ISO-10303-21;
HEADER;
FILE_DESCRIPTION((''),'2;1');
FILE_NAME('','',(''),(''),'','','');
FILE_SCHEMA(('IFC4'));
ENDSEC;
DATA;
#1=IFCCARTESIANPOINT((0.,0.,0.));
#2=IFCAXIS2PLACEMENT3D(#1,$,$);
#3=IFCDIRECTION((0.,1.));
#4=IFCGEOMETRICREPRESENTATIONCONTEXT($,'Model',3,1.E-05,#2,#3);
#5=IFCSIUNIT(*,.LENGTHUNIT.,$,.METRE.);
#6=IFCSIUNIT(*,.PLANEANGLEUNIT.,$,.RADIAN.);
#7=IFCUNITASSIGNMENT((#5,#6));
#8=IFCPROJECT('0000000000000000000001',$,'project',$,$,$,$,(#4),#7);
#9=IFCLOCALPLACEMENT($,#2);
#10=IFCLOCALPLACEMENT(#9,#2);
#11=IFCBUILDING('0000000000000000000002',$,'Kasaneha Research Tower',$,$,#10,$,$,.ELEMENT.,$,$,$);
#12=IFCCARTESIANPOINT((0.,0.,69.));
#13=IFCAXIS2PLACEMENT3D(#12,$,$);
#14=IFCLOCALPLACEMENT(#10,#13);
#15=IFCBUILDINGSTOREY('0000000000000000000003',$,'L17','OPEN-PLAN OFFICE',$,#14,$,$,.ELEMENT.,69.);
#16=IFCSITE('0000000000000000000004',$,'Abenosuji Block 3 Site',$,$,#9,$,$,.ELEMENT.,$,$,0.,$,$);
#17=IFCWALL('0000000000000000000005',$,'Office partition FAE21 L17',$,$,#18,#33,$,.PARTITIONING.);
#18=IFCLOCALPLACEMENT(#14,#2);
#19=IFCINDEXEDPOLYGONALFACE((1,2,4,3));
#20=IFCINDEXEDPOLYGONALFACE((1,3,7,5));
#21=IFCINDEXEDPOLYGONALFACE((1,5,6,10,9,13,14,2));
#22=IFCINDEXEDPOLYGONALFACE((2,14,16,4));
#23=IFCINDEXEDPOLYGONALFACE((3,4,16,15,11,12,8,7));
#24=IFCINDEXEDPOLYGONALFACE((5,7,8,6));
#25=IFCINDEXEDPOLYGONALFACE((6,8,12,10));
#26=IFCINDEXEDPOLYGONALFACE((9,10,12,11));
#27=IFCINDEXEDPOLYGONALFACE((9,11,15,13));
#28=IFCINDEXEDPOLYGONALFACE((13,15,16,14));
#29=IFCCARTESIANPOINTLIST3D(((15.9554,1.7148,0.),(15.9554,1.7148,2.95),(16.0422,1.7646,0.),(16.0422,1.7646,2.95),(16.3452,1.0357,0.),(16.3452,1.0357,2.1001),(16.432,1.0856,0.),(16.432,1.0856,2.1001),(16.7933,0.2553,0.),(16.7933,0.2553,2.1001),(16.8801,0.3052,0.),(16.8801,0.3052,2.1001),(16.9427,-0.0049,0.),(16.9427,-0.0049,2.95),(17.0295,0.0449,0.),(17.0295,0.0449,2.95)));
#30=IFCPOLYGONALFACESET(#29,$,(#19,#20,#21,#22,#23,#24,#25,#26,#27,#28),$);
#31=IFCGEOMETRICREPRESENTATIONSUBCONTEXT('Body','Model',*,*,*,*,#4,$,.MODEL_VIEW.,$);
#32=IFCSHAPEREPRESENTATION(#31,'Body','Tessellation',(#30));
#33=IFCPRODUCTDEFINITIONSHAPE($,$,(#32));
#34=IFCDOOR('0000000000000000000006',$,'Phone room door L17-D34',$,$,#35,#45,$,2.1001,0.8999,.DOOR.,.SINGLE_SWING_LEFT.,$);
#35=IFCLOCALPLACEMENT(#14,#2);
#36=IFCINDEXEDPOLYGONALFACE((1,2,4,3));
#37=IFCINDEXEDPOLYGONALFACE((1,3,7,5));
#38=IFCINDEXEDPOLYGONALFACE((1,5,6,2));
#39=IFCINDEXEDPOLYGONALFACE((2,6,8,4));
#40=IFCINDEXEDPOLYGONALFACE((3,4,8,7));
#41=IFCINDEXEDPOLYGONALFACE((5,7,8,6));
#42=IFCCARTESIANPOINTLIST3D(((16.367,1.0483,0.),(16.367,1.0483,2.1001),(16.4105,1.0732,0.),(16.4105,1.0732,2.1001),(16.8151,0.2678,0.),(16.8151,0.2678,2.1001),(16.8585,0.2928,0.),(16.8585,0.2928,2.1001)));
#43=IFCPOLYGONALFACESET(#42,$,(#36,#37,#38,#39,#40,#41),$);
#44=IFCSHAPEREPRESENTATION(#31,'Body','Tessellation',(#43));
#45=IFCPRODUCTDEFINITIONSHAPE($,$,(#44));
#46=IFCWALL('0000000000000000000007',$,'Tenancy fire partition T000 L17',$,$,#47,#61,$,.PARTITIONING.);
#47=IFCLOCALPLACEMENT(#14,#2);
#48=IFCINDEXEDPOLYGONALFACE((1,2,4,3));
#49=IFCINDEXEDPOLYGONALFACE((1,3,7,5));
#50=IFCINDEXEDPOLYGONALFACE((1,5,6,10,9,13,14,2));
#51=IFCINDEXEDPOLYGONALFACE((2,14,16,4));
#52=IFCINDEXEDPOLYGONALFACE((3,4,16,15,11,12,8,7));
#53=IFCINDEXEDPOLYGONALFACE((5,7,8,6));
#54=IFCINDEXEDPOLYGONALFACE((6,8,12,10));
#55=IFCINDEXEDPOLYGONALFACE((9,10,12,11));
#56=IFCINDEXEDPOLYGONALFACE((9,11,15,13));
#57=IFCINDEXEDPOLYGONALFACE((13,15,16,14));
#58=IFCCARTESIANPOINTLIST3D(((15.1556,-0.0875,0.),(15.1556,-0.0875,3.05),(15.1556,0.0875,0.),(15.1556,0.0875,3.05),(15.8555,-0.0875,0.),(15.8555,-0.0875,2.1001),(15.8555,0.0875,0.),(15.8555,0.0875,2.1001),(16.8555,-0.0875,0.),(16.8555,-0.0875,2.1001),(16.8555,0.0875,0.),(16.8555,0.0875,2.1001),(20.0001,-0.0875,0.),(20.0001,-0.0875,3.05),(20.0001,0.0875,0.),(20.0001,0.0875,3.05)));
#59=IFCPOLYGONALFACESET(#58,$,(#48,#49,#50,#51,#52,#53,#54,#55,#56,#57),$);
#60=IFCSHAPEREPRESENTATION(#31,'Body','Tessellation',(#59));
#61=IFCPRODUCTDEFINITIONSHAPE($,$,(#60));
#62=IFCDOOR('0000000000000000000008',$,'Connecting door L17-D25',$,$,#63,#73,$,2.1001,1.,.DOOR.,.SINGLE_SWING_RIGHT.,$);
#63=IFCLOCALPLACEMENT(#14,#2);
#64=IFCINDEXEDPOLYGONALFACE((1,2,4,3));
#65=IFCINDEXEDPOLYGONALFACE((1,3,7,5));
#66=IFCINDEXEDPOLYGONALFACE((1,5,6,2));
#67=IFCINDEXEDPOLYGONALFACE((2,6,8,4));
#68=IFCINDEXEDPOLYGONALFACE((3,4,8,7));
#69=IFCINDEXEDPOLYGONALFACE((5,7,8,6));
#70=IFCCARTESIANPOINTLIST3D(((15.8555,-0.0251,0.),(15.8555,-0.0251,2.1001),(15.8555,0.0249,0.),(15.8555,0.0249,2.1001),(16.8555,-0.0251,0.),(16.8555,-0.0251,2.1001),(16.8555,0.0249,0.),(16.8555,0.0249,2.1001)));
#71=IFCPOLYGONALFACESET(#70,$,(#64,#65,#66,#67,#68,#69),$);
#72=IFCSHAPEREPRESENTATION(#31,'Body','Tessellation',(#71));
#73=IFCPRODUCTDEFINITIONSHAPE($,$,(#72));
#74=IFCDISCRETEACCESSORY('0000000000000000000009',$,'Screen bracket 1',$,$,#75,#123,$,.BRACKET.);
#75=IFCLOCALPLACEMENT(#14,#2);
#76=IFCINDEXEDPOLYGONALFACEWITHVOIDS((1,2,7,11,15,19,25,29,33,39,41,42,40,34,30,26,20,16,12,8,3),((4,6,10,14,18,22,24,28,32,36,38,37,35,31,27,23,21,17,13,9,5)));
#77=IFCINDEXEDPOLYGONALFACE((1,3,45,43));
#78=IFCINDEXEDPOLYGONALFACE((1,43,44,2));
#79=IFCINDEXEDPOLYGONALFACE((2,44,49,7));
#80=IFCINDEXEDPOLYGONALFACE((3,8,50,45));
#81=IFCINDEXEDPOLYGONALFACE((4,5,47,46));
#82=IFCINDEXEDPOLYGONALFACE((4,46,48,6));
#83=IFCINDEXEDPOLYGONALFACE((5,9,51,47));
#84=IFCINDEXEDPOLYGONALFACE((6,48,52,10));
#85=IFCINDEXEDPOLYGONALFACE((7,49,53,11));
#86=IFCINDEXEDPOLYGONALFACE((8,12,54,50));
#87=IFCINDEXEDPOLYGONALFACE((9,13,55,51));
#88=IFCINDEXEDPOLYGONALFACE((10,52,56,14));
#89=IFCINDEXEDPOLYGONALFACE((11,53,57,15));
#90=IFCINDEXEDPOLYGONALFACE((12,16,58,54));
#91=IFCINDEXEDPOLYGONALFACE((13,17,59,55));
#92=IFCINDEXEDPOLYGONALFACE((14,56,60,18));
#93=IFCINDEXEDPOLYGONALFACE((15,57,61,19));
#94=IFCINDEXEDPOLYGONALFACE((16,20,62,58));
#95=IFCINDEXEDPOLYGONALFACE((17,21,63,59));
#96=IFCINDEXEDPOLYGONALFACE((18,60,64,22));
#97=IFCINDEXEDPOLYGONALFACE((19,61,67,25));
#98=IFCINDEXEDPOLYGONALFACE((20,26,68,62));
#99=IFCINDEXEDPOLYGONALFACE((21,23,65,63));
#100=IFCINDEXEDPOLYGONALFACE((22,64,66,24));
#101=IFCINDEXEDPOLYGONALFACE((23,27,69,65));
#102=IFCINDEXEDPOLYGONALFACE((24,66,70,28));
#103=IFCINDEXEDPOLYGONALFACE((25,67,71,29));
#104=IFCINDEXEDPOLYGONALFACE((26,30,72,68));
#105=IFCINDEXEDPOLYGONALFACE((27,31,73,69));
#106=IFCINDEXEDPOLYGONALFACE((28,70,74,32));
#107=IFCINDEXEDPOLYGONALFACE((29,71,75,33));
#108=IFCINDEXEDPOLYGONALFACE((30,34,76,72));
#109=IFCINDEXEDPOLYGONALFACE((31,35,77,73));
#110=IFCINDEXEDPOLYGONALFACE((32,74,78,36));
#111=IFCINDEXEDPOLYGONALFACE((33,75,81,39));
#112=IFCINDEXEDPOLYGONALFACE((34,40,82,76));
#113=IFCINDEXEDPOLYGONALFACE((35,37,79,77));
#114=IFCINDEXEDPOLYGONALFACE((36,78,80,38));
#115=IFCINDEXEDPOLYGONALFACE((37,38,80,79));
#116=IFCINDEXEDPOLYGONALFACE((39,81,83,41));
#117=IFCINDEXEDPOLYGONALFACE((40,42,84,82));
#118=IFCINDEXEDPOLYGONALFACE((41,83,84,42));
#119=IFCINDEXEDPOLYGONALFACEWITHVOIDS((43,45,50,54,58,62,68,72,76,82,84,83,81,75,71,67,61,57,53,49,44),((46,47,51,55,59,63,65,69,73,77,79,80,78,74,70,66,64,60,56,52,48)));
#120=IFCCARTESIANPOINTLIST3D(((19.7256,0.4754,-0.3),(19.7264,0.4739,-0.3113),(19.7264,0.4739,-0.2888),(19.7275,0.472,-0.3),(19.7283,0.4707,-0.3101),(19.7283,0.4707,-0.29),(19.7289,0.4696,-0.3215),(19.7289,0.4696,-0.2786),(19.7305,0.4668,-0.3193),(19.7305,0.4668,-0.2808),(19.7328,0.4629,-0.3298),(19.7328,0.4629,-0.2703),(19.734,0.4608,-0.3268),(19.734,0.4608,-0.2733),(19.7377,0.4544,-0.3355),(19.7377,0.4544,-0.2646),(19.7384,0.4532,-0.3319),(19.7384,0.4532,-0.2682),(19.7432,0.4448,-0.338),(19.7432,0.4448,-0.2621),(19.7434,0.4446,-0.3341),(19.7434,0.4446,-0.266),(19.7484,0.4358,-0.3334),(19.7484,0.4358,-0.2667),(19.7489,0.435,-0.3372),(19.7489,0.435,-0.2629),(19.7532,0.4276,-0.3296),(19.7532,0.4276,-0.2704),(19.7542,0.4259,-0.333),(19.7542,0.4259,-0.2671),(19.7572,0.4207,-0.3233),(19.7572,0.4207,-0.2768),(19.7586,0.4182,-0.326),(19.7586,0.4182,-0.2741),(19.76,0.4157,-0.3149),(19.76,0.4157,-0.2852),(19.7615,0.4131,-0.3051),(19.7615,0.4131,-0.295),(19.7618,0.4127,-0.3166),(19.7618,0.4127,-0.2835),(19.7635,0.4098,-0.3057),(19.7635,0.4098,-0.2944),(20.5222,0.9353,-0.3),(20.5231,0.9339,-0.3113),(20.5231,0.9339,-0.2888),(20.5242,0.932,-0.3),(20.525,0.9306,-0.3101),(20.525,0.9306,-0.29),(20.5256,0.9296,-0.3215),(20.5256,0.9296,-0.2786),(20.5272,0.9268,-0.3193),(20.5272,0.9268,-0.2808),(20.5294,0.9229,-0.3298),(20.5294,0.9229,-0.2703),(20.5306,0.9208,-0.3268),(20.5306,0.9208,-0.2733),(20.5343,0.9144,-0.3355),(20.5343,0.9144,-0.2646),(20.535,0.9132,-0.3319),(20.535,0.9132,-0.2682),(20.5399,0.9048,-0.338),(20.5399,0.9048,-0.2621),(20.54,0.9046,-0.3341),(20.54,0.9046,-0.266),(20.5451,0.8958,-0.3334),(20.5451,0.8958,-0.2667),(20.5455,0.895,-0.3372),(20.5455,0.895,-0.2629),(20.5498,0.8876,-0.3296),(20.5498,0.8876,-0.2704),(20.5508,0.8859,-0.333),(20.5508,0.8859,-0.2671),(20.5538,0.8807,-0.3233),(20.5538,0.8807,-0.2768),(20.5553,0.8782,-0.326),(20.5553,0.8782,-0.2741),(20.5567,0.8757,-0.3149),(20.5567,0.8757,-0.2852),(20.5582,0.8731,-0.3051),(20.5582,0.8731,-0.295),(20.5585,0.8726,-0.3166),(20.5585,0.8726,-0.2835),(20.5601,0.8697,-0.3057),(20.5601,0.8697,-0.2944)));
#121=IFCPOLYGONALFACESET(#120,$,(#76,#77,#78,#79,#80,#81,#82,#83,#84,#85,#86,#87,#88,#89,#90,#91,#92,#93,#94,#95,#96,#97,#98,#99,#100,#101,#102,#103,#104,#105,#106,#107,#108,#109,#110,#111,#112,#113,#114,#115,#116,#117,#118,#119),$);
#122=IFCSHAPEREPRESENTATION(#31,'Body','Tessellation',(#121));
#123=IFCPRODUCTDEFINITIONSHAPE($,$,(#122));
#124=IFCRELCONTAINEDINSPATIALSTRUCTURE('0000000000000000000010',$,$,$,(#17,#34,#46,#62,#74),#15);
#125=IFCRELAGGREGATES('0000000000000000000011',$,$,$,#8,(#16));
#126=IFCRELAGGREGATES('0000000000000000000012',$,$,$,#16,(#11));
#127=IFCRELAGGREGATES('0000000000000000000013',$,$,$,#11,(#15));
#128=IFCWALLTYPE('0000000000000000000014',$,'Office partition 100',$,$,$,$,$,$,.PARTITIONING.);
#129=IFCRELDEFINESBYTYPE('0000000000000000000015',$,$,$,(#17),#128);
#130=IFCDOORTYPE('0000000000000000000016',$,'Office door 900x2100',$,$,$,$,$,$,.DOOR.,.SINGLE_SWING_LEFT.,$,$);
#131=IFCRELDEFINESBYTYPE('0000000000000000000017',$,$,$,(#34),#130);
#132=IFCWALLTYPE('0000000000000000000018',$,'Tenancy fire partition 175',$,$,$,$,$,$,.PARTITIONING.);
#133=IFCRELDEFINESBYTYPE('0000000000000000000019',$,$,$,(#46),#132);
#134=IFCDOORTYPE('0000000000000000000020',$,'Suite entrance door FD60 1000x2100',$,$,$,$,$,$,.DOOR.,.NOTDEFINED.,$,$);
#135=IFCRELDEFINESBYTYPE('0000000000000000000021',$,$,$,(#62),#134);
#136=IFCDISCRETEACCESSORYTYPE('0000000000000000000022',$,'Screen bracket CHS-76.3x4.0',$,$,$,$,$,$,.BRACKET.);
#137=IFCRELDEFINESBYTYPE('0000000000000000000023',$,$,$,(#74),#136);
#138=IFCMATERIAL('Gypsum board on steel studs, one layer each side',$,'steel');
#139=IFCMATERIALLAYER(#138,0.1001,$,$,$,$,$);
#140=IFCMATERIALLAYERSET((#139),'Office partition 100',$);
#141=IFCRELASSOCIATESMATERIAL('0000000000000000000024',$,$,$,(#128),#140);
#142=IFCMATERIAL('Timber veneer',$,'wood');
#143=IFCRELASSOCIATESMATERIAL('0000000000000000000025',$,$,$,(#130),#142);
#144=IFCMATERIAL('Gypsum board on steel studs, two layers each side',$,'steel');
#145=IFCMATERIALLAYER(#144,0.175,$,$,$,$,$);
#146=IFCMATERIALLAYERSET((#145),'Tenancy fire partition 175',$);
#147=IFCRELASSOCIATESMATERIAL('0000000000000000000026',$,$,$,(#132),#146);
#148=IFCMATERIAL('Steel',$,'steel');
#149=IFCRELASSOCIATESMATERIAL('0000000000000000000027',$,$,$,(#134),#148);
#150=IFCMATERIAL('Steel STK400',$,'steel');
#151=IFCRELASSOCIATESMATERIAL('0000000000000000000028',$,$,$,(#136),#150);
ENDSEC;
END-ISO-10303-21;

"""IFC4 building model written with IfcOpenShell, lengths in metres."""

from ifc_helpers import new_model, si_unit, direction, frame, frame_2d, origin, origin_2d, place, context, subcontext, project, spatial, rectangle, hollow_circle, extrude, material, layer, layer_set, material_profile, profile_set, type_object, element, fill, save


model = new_model("IFC4")

# Units and contexts
model_context = context("Model", 3, precision=1e-05, world=origin(), true_north=direction((0.0, 1.0)))
body_context = subcontext(model_context, "Body", "Model", "MODEL_VIEW")
ifc_project = project(units=[si_unit("LENGTHUNIT", "METRE"), si_unit("PLANEANGLEUNIT", "RADIAN")], contexts=[model_context])

# Site, building, storey
site_placement = place(None, origin())
site = spatial("IfcSite", under=ifc_project, at=site_placement, Name="Abenosuji Block 3 Site", CompositionType="ELEMENT", RefElevation=0.0)
building_placement = place(site_placement, origin())
building = spatial("IfcBuilding", under=site, at=building_placement, Name="Kasaneha Research Tower", CompositionType="ELEMENT")
storey_placement = place(building_placement, frame((0.0, 0.0, 69.0)))
storey = spatial("IfcBuildingStorey", under=building, at=storey_placement, Name="L17", Description="OPEN-PLAN OFFICE", CompositionType="ELEMENT", Elevation=69.0)

# Walls, openings, doors
ifc_material_1 = material(Name="Gypsum board on steel studs, one layer each side", Category="steel")
ifc_layer_1 = layer(ifc_material_1, 0.1001)
ifc_layer_set_1 = layer_set([ifc_layer_1], Name="Office partition 100")
wall_type_1 = type_object("IfcWallType", Name="Office partition 100", PredefinedType="PARTITIONING", material=ifc_layer_set_1)
ifc_material_2 = material(Name="Timber veneer", Category="wood")
door_type_1 = type_object("IfcDoorType", Name="Office door 900x2100", OperationType="SINGLE_SWING_LEFT", PredefinedType="DOOR", material=ifc_material_2)
wall_1_placement = place(storey_placement, frame((16.9861, 0.02, 0.0), z_axis=(0.0, 0.0, 1.0), x_axis=(-0.497888, 0.867241, 0.0)))
wall_1 = element("IfcWall", 1, at=wall_1_placement, inside=storey, type_object=wall_type_1, Name="Office partition FAE21 L17", PredefinedType="PARTITIONING", context=body_context, shape_type="SweptSolid", body=[
    extrude(rectangle(XDim=1.9829, YDim=0.1001, at=frame_2d((0.9915, 0.0))), origin(), (0.0, 0.0, 1.0), 2.95),
])
opening_1_placement = place(wall_1_placement, frame((0.3, 0.0, 0.0)))
opening_1 = element("IfcOpeningElement", 2, at=opening_1_placement, cuts=wall_1, PredefinedType="OPENING", context=body_context, shape_type="SweptSolid", body=[
    extrude(rectangle(XDim=0.8999, YDim=2.1001, at=frame_2d((0.45, 1.05))), frame((0.0, 0.0601, 0.0), z_axis=(0.0, -1.0, 0.0), x_axis=(1.0, 0.0, 0.0)), (0.0, 0.0, 1.0), 0.1201),
])
door_1_placement = place(opening_1_placement, origin())
door_1 = element("IfcDoor", 3, at=door_1_placement, inside=storey, type_object=door_type_1, Name="Phone room door L17-D34", OperationType="SINGLE_SWING_LEFT", OverallHeight=2.1001, OverallWidth=0.8999, PredefinedType="DOOR", context=body_context, shape_type="SweptSolid", body=[
    extrude(rectangle(XDim=0.8999, YDim=2.1001, at=frame_2d((0.45, 1.05))), frame((0.0, 0.0249, 0.0), z_axis=(0.0, -1.0, 0.0), x_axis=(1.0, 0.0, 0.0)), (0.0, 0.0, 1.0), 0.05),
])
fill(opening_1, door_1)
ifc_material_3 = material(Name="Gypsum board on steel studs, two layers each side", Category="steel")
ifc_layer_2 = layer(ifc_material_3, 0.175)
ifc_layer_set_2 = layer_set([ifc_layer_2], Name="Tenancy fire partition 175")
wall_type_2 = type_object("IfcWallType", Name="Tenancy fire partition 175", PredefinedType="PARTITIONING", material=ifc_layer_set_2)
wall_2_placement = place(storey_placement, frame((15.1555, 0.0, 0.0), z_axis=(0.0, 0.0, 1.0), x_axis=(1.0, 0.0, 0.0)))
wall_2 = element("IfcWall", 4, at=wall_2_placement, inside=storey, type_object=wall_type_2, Name="Tenancy fire partition T000 L17", PredefinedType="PARTITIONING", context=body_context, shape_type="SweptSolid", body=[
    extrude(rectangle(XDim=4.8445, YDim=0.175, at=frame_2d((2.4224, 0.0))), origin(), (0.0, 0.0, 1.0), 3.05),
])
opening_2_placement = place(wall_2_placement, frame((0.7, 0.0, 0.0)))
opening_2 = element("IfcOpeningElement", 5, at=opening_2_placement, cuts=wall_2, PredefinedType="OPENING", context=body_context, shape_type="SweptSolid", body=[
    extrude(rectangle(XDim=1.0, YDim=2.1001, at=frame_2d((0.5, 1.05))), frame((0.0, 0.0977, 0.0), z_axis=(0.0, -1.0, 0.0), x_axis=(1.0, 0.0, 0.0)), (0.0, 0.0, 1.0), 0.1951),
])
ifc_material_4 = material(Name="Steel", Category="steel")
door_type_2 = type_object("IfcDoorType", Name="Suite entrance door FD60 1000x2100", OperationType="NOTDEFINED", PredefinedType="DOOR", material=ifc_material_4)
door_2_placement = place(opening_2_placement, origin())
door_2 = element("IfcDoor", 6, at=door_2_placement, inside=storey, type_object=door_type_2, Name="Connecting door L17-D25", OperationType="SINGLE_SWING_RIGHT", OverallHeight=2.1001, OverallWidth=1.0, PredefinedType="DOOR", context=body_context, shape_type="SweptSolid", body=[
    extrude(rectangle(XDim=1.0, YDim=2.1001, at=frame_2d((0.5, 1.05))), frame((0.0, 0.0249, 0.0), z_axis=(0.0, -1.0, 0.0), x_axis=(1.0, 0.0, 0.0)), (0.0, 0.0, 1.0), 0.05),
])
fill(opening_2, door_2)

# Discrete accessory
ifc_material_5 = material(Name="Steel STK400", Category="steel")
ifc_material_profile_1 = material_profile(ifc_material_5, hollow_circle(Radius=0.0381, WallThickness=0.0039, at=origin_2d()), Name="CHS-76.3x4.0")
ifc_profile_set_1 = profile_set([ifc_material_profile_1], Name="Steel STK400")
discrete_accessory_type = type_object("IfcDiscreteAccessoryType", Name="Screen bracket CHS-76.3x4.0", PredefinedType="BRACKET", material=ifc_profile_set_1)
discrete_accessory_placement = place(storey_placement, frame((19.7446, 0.4424, -0.3), z_axis=(0.866013, 0.500021, 0.0), x_axis=(-0.500021, 0.866013, 0.0)))
element("IfcDiscreteAccessory", 7, at=discrete_accessory_placement, inside=storey, type_object=discrete_accessory_type, Name="Screen bracket 1", PredefinedType="BRACKET", context=body_context, shape_type="SweptSolid", body=[
    extrude(hollow_circle(Radius=0.0381, WallThickness=0.0039, at=origin_2d()), origin(), (0.0, 0.0, 1.0), 0.9199),
])

save(model, "model.ifc")
